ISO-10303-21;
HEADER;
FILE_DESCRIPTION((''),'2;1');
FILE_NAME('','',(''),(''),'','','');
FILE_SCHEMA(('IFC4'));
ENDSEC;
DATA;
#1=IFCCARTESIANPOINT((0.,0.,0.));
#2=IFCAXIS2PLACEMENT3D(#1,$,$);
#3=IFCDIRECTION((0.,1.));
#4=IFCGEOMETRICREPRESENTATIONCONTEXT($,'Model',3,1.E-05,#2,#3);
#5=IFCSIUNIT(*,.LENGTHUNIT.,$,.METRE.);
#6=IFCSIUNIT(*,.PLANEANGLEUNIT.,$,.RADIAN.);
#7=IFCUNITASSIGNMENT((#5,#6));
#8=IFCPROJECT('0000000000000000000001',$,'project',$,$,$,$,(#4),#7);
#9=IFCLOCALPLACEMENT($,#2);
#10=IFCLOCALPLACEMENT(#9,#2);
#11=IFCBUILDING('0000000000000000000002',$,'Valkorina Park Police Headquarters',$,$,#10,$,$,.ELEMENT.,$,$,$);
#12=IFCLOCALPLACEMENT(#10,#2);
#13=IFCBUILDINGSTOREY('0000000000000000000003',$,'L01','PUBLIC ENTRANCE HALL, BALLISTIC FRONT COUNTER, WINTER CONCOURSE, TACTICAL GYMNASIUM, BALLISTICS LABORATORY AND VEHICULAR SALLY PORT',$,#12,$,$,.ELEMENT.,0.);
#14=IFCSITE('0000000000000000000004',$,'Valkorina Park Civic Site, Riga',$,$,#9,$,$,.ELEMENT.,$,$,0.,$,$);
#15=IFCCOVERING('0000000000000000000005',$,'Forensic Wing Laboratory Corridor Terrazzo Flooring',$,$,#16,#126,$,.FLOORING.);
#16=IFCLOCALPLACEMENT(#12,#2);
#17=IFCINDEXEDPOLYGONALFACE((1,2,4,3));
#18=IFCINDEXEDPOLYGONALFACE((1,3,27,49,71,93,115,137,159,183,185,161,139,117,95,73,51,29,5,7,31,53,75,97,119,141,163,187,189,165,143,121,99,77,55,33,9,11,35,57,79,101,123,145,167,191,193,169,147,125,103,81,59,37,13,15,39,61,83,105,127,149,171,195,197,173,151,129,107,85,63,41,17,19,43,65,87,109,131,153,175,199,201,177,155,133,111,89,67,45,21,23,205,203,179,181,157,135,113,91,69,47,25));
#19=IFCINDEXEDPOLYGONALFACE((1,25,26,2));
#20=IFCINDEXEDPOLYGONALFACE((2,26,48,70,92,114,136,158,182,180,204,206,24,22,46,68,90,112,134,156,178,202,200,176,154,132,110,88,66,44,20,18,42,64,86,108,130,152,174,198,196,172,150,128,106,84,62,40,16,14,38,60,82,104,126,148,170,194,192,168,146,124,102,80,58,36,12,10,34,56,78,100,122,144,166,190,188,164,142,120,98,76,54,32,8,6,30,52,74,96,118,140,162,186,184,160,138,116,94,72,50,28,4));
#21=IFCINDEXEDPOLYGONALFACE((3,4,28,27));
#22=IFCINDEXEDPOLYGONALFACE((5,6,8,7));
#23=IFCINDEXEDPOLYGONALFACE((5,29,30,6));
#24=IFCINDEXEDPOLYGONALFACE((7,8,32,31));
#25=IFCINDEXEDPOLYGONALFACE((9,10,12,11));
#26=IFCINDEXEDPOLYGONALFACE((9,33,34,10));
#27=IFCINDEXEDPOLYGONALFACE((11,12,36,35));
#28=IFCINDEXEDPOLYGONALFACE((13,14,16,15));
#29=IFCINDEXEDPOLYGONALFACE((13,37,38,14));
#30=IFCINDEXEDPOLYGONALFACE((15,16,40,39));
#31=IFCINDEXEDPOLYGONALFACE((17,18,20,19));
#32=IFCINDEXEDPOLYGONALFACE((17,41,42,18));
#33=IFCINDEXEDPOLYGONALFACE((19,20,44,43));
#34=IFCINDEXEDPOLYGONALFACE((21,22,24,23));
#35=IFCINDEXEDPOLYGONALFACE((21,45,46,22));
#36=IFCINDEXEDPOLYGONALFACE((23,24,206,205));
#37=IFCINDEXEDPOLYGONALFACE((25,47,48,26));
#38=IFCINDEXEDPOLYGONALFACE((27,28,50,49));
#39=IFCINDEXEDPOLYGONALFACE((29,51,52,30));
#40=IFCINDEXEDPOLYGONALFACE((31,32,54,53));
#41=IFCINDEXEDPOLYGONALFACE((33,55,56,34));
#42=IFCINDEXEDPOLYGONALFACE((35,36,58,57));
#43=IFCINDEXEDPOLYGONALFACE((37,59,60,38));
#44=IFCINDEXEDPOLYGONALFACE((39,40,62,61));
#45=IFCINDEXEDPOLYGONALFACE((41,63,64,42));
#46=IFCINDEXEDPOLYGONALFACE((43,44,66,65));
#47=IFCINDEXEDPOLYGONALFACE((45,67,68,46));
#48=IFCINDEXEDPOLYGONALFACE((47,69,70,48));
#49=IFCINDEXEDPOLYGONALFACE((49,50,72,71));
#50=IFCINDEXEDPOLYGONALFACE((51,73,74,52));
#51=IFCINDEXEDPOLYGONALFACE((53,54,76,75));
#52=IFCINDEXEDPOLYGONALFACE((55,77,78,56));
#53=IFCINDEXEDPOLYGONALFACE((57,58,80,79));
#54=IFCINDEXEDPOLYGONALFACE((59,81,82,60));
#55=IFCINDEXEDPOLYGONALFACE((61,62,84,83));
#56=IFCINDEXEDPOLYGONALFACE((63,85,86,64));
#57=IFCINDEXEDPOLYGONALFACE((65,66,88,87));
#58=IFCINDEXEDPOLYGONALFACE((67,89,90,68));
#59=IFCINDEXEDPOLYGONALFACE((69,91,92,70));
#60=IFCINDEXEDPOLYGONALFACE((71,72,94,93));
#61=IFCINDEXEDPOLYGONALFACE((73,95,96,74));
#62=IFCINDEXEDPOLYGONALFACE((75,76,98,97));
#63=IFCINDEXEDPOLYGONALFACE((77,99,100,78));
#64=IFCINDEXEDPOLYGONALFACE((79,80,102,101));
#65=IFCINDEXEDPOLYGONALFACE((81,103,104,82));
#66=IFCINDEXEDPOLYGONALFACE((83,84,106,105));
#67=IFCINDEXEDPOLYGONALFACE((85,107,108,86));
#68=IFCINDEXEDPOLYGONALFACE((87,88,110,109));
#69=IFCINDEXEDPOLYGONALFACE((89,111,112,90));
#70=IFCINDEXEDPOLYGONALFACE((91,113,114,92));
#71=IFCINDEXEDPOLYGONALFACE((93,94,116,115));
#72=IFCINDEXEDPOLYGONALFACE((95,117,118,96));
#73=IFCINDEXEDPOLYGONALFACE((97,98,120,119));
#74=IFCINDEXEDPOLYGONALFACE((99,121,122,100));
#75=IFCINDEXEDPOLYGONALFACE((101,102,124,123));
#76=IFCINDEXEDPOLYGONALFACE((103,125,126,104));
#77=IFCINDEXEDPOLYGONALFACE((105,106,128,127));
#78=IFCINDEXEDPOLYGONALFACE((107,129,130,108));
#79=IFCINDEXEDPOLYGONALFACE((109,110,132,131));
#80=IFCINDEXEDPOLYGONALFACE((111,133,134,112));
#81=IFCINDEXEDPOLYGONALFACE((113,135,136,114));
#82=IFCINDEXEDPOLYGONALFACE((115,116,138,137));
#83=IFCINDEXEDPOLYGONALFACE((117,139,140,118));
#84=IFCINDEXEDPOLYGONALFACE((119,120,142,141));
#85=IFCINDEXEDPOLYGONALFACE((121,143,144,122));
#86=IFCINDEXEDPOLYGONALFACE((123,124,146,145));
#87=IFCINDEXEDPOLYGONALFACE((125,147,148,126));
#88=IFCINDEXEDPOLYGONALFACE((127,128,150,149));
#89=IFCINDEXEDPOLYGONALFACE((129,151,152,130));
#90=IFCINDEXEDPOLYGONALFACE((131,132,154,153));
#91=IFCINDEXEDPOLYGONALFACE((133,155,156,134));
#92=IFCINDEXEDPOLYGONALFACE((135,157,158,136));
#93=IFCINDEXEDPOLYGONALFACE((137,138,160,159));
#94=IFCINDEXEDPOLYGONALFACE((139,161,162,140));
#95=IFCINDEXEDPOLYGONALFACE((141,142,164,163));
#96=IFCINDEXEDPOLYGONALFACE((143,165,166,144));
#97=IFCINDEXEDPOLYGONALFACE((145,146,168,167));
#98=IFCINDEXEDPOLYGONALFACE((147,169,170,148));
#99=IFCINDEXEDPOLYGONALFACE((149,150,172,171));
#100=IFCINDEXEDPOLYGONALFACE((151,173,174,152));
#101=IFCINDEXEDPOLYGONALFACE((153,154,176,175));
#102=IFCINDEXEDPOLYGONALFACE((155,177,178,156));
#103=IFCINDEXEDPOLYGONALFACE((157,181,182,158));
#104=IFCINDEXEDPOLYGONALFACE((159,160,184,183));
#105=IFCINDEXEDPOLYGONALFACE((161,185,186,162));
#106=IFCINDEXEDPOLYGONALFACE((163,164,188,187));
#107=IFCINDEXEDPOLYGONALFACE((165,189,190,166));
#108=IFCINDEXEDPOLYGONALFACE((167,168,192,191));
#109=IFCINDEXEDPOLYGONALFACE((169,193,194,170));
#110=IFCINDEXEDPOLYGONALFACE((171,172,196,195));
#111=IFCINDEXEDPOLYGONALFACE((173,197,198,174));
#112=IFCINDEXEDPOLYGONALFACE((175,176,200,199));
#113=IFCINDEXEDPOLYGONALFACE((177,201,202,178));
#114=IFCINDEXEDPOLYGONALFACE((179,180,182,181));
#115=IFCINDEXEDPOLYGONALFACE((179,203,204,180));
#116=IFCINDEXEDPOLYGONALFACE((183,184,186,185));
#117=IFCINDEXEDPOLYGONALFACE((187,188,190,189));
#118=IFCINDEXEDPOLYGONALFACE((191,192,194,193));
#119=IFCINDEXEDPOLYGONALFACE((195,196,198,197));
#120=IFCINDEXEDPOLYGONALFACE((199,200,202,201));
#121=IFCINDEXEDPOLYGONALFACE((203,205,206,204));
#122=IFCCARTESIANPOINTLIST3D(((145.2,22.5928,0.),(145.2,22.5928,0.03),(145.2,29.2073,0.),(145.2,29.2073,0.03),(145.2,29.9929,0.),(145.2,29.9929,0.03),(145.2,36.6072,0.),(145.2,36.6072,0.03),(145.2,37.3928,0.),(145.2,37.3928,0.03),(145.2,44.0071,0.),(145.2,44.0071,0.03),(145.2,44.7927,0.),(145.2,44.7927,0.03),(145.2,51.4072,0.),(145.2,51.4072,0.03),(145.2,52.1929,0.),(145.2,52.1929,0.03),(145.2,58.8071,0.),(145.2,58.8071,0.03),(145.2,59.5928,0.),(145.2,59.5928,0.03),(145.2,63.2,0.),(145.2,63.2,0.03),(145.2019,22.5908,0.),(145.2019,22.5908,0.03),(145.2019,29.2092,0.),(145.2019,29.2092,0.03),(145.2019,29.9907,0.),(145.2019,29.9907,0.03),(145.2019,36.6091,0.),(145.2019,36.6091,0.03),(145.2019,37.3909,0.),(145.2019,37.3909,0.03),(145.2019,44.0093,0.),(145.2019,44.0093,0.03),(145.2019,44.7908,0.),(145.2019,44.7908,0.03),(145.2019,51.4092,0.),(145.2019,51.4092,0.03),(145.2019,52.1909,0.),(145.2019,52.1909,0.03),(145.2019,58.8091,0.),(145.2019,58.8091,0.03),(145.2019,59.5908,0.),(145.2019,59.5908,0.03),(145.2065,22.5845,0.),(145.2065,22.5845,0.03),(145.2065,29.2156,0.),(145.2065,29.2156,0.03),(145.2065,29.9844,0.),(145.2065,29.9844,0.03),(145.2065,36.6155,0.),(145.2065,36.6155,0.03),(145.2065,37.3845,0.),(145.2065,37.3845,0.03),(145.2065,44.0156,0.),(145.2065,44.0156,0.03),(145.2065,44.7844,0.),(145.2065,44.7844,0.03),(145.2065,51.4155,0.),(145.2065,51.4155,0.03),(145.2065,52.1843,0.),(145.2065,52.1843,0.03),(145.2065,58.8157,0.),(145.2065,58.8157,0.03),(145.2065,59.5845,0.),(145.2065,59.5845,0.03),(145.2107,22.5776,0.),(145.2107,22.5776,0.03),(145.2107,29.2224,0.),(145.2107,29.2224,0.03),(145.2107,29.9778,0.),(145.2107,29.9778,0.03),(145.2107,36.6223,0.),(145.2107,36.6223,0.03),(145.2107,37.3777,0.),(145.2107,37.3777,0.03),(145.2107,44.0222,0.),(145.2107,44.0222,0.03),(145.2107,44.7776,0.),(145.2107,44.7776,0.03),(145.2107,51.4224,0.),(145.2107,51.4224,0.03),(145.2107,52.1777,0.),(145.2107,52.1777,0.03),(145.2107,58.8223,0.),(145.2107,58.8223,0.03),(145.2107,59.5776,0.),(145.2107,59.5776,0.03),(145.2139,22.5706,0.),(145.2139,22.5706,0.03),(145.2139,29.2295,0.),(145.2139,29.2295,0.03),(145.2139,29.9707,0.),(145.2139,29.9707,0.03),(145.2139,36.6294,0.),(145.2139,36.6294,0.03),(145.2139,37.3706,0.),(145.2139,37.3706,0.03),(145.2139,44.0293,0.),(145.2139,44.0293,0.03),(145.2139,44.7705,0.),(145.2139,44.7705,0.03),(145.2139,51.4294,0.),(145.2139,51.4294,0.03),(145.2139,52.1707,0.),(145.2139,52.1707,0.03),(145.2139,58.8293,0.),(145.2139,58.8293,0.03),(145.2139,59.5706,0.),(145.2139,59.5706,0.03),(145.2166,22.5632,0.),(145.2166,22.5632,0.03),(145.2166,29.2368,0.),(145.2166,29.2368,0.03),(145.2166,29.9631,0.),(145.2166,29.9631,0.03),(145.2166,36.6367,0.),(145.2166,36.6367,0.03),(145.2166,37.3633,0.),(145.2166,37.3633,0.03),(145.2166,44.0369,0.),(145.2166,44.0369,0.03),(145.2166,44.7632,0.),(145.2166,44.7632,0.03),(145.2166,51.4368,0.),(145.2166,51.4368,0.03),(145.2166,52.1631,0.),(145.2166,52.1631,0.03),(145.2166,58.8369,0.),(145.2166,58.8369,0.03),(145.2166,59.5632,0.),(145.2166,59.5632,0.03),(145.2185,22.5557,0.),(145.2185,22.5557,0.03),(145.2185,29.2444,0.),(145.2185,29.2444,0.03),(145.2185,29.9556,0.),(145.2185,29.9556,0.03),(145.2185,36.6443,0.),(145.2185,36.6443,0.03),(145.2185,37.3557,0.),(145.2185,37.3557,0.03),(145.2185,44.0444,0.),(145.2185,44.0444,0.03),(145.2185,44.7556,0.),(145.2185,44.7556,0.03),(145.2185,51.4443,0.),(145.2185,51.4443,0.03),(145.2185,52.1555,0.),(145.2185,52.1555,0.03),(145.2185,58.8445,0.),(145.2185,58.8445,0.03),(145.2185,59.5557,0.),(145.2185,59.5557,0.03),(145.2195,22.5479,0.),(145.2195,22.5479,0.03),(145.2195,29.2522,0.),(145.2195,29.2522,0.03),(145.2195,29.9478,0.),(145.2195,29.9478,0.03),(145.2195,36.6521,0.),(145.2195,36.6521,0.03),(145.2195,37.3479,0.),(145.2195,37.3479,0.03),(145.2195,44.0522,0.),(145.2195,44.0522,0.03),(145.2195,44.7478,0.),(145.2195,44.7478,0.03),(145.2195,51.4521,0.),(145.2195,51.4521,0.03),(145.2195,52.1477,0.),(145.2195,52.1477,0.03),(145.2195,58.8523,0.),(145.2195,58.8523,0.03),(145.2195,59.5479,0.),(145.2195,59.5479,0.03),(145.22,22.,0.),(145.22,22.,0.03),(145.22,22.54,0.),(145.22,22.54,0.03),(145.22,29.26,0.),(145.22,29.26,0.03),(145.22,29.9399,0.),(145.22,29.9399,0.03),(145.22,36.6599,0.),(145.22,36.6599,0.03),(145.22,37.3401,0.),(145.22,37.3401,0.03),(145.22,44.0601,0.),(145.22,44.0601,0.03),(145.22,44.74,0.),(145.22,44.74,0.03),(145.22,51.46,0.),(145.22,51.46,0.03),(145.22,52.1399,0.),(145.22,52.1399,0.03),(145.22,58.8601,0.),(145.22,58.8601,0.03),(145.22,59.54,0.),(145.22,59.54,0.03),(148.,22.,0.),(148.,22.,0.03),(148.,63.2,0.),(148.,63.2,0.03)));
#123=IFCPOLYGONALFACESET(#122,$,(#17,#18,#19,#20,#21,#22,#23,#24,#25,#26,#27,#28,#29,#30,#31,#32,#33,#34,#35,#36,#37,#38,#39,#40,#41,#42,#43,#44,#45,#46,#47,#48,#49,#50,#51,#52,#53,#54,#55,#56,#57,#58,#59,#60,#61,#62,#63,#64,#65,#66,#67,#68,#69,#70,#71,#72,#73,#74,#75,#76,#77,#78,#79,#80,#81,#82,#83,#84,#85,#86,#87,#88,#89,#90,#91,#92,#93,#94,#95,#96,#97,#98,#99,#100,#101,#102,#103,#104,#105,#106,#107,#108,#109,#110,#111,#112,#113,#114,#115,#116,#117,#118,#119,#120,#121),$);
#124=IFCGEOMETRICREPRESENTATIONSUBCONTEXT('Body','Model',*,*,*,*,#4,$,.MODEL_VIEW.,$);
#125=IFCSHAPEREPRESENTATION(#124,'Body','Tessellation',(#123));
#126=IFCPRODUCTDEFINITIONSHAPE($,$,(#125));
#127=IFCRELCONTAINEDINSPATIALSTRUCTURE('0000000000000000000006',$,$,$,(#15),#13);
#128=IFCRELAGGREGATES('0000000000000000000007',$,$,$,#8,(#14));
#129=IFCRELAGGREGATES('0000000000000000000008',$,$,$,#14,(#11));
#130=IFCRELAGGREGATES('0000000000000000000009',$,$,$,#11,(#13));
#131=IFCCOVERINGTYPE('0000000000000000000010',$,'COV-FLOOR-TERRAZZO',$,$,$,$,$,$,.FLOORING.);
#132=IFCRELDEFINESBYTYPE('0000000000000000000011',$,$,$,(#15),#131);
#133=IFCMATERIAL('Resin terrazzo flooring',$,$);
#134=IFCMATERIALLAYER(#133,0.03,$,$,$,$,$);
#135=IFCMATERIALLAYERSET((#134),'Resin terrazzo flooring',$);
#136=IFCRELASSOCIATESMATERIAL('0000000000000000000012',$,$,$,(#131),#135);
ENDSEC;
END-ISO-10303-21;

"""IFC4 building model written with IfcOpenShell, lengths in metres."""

from ifc_helpers import new_model, si_unit, direction, origin, place, context, subcontext, project, spatial, polyline, outline, extrude, material, layer, layer_set, type_object, element, save


model = new_model("IFC4")

# Units and contexts
model_context = context("Model", 3, precision=1e-05, world=origin(), true_north=direction((0.0, 1.0)))
body_context = subcontext(model_context, "Body", "Model", "MODEL_VIEW")
ifc_project = project(units=[si_unit("LENGTHUNIT", "METRE"), si_unit("PLANEANGLEUNIT", "RADIAN")], contexts=[model_context])

# Site, building, storey
site_placement = place(None, origin())
site = spatial("IfcSite", under=ifc_project, at=site_placement, Name="Valkorina Park Civic Site, Riga", CompositionType="ELEMENT", RefElevation=0.0)
building_placement = place(site_placement, origin())
building = spatial("IfcBuilding", under=site, at=building_placement, Name="Valkorina Park Police Headquarters", CompositionType="ELEMENT")
storey_placement = place(building_placement, origin())
storey = spatial("IfcBuildingStorey", under=building, at=storey_placement, Name="L01", Description="PUBLIC ENTRANCE HALL, BALLISTIC FRONT COUNTER, WINTER CONCOURSE, TACTICAL GYMNASIUM, BALLISTICS LABORATORY AND VEHICULAR SALLY PORT", CompositionType="ELEMENT", Elevation=0.0)

# Covering
ifc_material_1 = material(Name="Resin terrazzo flooring")
ifc_layer_1 = layer(ifc_material_1, 0.03)
ifc_layer_set_1 = layer_set([ifc_layer_1], Name="Resin terrazzo flooring")
covering_type_1 = type_object("IfcCoveringType", Name="COV-FLOOR-TERRAZZO", PredefinedType="FLOORING", material=ifc_layer_set_1)
covering_1_placement = place(storey_placement, origin())
element("IfcCovering", 1, at=covering_1_placement, inside=storey, type_object=covering_type_1, Name="Forensic Wing Laboratory Corridor Terrazzo Flooring", PredefinedType="FLOORING", context=body_context, shape_type="SweptSolid", body=[
    extrude(outline(polyline([(145.2019, 22.5908), (145.2065, 22.5845), (145.2107, 22.5776), (145.2139, 22.5706), (145.2166, 22.5632), (145.2185, 22.5557), (145.2195, 22.5479), (145.22, 22.54), (145.22, 22.0), (148.0, 22.0), (148.0, 63.2), (145.2, 63.2), (145.2, 59.5928), (145.2019, 59.5908), (145.2065, 59.5845), (145.2107, 59.5776), (145.2139, 59.5706), (145.2166, 59.5632), (145.2185, 59.5557), (145.2195, 59.5479), (145.22, 59.54), (145.22, 58.8601), (145.2195, 58.8523), (145.2185, 58.8445), (145.2166, 58.8369), (145.2139, 58.8293), (145.2107, 58.8223), (145.2065, 58.8157), (145.2019, 58.8091), (145.2, 58.8071), (145.2, 52.1929), (145.2019, 52.1909), (145.2065, 52.1843), (145.2107, 52.1777), (145.2139, 52.1707), (145.2166, 52.1631), (145.2185, 52.1555), (145.2195, 52.1477), (145.22, 52.1399), (145.22, 51.46), (145.2195, 51.4521), (145.2185, 51.4443), (145.2166, 51.4368), (145.2139, 51.4294), (145.2107, 51.4224), (145.2065, 51.4155), (145.2019, 51.4092), (145.2, 51.4072), (145.2, 44.7927), (145.2019, 44.7908), (145.2065, 44.7844), (145.2107, 44.7776), (145.2139, 44.7705), (145.2166, 44.7632), (145.2185, 44.7556), (145.2195, 44.7478), (145.22, 44.74), (145.22, 44.0601), (145.2195, 44.0522), (145.2185, 44.0444), (145.2166, 44.0369), (145.2139, 44.0293), (145.2107, 44.0222), (145.2065, 44.0156), (145.2019, 44.0093), (145.2, 44.0071), (145.2, 37.3928), (145.2019, 37.3909), (145.2065, 37.3845), (145.2107, 37.3777), (145.2139, 37.3706), (145.2166, 37.3633), (145.2185, 37.3557), (145.2195, 37.3479), (145.22, 37.3401), (145.22, 36.6599), (145.2195, 36.6521), (145.2185, 36.6443), (145.2166, 36.6367), (145.2139, 36.6294), (145.2107, 36.6223), (145.2065, 36.6155), (145.2019, 36.6091), (145.2, 36.6072), (145.2, 29.9929), (145.2019, 29.9907), (145.2065, 29.9844), (145.2107, 29.9778), (145.2139, 29.9707), (145.2166, 29.9631), (145.2185, 29.9556), (145.2195, 29.9478), (145.22, 29.9399), (145.22, 29.26), (145.2195, 29.2522), (145.2185, 29.2444), (145.2166, 29.2368), (145.2139, 29.2295), (145.2107, 29.2224), (145.2065, 29.2156), (145.2019, 29.2092), (145.2, 29.2073), (145.2, 22.5928), (145.2019, 22.5908)])), origin(), (0.0, 0.0, 1.0), 0.03),
])

save(model, "model.ifc")
